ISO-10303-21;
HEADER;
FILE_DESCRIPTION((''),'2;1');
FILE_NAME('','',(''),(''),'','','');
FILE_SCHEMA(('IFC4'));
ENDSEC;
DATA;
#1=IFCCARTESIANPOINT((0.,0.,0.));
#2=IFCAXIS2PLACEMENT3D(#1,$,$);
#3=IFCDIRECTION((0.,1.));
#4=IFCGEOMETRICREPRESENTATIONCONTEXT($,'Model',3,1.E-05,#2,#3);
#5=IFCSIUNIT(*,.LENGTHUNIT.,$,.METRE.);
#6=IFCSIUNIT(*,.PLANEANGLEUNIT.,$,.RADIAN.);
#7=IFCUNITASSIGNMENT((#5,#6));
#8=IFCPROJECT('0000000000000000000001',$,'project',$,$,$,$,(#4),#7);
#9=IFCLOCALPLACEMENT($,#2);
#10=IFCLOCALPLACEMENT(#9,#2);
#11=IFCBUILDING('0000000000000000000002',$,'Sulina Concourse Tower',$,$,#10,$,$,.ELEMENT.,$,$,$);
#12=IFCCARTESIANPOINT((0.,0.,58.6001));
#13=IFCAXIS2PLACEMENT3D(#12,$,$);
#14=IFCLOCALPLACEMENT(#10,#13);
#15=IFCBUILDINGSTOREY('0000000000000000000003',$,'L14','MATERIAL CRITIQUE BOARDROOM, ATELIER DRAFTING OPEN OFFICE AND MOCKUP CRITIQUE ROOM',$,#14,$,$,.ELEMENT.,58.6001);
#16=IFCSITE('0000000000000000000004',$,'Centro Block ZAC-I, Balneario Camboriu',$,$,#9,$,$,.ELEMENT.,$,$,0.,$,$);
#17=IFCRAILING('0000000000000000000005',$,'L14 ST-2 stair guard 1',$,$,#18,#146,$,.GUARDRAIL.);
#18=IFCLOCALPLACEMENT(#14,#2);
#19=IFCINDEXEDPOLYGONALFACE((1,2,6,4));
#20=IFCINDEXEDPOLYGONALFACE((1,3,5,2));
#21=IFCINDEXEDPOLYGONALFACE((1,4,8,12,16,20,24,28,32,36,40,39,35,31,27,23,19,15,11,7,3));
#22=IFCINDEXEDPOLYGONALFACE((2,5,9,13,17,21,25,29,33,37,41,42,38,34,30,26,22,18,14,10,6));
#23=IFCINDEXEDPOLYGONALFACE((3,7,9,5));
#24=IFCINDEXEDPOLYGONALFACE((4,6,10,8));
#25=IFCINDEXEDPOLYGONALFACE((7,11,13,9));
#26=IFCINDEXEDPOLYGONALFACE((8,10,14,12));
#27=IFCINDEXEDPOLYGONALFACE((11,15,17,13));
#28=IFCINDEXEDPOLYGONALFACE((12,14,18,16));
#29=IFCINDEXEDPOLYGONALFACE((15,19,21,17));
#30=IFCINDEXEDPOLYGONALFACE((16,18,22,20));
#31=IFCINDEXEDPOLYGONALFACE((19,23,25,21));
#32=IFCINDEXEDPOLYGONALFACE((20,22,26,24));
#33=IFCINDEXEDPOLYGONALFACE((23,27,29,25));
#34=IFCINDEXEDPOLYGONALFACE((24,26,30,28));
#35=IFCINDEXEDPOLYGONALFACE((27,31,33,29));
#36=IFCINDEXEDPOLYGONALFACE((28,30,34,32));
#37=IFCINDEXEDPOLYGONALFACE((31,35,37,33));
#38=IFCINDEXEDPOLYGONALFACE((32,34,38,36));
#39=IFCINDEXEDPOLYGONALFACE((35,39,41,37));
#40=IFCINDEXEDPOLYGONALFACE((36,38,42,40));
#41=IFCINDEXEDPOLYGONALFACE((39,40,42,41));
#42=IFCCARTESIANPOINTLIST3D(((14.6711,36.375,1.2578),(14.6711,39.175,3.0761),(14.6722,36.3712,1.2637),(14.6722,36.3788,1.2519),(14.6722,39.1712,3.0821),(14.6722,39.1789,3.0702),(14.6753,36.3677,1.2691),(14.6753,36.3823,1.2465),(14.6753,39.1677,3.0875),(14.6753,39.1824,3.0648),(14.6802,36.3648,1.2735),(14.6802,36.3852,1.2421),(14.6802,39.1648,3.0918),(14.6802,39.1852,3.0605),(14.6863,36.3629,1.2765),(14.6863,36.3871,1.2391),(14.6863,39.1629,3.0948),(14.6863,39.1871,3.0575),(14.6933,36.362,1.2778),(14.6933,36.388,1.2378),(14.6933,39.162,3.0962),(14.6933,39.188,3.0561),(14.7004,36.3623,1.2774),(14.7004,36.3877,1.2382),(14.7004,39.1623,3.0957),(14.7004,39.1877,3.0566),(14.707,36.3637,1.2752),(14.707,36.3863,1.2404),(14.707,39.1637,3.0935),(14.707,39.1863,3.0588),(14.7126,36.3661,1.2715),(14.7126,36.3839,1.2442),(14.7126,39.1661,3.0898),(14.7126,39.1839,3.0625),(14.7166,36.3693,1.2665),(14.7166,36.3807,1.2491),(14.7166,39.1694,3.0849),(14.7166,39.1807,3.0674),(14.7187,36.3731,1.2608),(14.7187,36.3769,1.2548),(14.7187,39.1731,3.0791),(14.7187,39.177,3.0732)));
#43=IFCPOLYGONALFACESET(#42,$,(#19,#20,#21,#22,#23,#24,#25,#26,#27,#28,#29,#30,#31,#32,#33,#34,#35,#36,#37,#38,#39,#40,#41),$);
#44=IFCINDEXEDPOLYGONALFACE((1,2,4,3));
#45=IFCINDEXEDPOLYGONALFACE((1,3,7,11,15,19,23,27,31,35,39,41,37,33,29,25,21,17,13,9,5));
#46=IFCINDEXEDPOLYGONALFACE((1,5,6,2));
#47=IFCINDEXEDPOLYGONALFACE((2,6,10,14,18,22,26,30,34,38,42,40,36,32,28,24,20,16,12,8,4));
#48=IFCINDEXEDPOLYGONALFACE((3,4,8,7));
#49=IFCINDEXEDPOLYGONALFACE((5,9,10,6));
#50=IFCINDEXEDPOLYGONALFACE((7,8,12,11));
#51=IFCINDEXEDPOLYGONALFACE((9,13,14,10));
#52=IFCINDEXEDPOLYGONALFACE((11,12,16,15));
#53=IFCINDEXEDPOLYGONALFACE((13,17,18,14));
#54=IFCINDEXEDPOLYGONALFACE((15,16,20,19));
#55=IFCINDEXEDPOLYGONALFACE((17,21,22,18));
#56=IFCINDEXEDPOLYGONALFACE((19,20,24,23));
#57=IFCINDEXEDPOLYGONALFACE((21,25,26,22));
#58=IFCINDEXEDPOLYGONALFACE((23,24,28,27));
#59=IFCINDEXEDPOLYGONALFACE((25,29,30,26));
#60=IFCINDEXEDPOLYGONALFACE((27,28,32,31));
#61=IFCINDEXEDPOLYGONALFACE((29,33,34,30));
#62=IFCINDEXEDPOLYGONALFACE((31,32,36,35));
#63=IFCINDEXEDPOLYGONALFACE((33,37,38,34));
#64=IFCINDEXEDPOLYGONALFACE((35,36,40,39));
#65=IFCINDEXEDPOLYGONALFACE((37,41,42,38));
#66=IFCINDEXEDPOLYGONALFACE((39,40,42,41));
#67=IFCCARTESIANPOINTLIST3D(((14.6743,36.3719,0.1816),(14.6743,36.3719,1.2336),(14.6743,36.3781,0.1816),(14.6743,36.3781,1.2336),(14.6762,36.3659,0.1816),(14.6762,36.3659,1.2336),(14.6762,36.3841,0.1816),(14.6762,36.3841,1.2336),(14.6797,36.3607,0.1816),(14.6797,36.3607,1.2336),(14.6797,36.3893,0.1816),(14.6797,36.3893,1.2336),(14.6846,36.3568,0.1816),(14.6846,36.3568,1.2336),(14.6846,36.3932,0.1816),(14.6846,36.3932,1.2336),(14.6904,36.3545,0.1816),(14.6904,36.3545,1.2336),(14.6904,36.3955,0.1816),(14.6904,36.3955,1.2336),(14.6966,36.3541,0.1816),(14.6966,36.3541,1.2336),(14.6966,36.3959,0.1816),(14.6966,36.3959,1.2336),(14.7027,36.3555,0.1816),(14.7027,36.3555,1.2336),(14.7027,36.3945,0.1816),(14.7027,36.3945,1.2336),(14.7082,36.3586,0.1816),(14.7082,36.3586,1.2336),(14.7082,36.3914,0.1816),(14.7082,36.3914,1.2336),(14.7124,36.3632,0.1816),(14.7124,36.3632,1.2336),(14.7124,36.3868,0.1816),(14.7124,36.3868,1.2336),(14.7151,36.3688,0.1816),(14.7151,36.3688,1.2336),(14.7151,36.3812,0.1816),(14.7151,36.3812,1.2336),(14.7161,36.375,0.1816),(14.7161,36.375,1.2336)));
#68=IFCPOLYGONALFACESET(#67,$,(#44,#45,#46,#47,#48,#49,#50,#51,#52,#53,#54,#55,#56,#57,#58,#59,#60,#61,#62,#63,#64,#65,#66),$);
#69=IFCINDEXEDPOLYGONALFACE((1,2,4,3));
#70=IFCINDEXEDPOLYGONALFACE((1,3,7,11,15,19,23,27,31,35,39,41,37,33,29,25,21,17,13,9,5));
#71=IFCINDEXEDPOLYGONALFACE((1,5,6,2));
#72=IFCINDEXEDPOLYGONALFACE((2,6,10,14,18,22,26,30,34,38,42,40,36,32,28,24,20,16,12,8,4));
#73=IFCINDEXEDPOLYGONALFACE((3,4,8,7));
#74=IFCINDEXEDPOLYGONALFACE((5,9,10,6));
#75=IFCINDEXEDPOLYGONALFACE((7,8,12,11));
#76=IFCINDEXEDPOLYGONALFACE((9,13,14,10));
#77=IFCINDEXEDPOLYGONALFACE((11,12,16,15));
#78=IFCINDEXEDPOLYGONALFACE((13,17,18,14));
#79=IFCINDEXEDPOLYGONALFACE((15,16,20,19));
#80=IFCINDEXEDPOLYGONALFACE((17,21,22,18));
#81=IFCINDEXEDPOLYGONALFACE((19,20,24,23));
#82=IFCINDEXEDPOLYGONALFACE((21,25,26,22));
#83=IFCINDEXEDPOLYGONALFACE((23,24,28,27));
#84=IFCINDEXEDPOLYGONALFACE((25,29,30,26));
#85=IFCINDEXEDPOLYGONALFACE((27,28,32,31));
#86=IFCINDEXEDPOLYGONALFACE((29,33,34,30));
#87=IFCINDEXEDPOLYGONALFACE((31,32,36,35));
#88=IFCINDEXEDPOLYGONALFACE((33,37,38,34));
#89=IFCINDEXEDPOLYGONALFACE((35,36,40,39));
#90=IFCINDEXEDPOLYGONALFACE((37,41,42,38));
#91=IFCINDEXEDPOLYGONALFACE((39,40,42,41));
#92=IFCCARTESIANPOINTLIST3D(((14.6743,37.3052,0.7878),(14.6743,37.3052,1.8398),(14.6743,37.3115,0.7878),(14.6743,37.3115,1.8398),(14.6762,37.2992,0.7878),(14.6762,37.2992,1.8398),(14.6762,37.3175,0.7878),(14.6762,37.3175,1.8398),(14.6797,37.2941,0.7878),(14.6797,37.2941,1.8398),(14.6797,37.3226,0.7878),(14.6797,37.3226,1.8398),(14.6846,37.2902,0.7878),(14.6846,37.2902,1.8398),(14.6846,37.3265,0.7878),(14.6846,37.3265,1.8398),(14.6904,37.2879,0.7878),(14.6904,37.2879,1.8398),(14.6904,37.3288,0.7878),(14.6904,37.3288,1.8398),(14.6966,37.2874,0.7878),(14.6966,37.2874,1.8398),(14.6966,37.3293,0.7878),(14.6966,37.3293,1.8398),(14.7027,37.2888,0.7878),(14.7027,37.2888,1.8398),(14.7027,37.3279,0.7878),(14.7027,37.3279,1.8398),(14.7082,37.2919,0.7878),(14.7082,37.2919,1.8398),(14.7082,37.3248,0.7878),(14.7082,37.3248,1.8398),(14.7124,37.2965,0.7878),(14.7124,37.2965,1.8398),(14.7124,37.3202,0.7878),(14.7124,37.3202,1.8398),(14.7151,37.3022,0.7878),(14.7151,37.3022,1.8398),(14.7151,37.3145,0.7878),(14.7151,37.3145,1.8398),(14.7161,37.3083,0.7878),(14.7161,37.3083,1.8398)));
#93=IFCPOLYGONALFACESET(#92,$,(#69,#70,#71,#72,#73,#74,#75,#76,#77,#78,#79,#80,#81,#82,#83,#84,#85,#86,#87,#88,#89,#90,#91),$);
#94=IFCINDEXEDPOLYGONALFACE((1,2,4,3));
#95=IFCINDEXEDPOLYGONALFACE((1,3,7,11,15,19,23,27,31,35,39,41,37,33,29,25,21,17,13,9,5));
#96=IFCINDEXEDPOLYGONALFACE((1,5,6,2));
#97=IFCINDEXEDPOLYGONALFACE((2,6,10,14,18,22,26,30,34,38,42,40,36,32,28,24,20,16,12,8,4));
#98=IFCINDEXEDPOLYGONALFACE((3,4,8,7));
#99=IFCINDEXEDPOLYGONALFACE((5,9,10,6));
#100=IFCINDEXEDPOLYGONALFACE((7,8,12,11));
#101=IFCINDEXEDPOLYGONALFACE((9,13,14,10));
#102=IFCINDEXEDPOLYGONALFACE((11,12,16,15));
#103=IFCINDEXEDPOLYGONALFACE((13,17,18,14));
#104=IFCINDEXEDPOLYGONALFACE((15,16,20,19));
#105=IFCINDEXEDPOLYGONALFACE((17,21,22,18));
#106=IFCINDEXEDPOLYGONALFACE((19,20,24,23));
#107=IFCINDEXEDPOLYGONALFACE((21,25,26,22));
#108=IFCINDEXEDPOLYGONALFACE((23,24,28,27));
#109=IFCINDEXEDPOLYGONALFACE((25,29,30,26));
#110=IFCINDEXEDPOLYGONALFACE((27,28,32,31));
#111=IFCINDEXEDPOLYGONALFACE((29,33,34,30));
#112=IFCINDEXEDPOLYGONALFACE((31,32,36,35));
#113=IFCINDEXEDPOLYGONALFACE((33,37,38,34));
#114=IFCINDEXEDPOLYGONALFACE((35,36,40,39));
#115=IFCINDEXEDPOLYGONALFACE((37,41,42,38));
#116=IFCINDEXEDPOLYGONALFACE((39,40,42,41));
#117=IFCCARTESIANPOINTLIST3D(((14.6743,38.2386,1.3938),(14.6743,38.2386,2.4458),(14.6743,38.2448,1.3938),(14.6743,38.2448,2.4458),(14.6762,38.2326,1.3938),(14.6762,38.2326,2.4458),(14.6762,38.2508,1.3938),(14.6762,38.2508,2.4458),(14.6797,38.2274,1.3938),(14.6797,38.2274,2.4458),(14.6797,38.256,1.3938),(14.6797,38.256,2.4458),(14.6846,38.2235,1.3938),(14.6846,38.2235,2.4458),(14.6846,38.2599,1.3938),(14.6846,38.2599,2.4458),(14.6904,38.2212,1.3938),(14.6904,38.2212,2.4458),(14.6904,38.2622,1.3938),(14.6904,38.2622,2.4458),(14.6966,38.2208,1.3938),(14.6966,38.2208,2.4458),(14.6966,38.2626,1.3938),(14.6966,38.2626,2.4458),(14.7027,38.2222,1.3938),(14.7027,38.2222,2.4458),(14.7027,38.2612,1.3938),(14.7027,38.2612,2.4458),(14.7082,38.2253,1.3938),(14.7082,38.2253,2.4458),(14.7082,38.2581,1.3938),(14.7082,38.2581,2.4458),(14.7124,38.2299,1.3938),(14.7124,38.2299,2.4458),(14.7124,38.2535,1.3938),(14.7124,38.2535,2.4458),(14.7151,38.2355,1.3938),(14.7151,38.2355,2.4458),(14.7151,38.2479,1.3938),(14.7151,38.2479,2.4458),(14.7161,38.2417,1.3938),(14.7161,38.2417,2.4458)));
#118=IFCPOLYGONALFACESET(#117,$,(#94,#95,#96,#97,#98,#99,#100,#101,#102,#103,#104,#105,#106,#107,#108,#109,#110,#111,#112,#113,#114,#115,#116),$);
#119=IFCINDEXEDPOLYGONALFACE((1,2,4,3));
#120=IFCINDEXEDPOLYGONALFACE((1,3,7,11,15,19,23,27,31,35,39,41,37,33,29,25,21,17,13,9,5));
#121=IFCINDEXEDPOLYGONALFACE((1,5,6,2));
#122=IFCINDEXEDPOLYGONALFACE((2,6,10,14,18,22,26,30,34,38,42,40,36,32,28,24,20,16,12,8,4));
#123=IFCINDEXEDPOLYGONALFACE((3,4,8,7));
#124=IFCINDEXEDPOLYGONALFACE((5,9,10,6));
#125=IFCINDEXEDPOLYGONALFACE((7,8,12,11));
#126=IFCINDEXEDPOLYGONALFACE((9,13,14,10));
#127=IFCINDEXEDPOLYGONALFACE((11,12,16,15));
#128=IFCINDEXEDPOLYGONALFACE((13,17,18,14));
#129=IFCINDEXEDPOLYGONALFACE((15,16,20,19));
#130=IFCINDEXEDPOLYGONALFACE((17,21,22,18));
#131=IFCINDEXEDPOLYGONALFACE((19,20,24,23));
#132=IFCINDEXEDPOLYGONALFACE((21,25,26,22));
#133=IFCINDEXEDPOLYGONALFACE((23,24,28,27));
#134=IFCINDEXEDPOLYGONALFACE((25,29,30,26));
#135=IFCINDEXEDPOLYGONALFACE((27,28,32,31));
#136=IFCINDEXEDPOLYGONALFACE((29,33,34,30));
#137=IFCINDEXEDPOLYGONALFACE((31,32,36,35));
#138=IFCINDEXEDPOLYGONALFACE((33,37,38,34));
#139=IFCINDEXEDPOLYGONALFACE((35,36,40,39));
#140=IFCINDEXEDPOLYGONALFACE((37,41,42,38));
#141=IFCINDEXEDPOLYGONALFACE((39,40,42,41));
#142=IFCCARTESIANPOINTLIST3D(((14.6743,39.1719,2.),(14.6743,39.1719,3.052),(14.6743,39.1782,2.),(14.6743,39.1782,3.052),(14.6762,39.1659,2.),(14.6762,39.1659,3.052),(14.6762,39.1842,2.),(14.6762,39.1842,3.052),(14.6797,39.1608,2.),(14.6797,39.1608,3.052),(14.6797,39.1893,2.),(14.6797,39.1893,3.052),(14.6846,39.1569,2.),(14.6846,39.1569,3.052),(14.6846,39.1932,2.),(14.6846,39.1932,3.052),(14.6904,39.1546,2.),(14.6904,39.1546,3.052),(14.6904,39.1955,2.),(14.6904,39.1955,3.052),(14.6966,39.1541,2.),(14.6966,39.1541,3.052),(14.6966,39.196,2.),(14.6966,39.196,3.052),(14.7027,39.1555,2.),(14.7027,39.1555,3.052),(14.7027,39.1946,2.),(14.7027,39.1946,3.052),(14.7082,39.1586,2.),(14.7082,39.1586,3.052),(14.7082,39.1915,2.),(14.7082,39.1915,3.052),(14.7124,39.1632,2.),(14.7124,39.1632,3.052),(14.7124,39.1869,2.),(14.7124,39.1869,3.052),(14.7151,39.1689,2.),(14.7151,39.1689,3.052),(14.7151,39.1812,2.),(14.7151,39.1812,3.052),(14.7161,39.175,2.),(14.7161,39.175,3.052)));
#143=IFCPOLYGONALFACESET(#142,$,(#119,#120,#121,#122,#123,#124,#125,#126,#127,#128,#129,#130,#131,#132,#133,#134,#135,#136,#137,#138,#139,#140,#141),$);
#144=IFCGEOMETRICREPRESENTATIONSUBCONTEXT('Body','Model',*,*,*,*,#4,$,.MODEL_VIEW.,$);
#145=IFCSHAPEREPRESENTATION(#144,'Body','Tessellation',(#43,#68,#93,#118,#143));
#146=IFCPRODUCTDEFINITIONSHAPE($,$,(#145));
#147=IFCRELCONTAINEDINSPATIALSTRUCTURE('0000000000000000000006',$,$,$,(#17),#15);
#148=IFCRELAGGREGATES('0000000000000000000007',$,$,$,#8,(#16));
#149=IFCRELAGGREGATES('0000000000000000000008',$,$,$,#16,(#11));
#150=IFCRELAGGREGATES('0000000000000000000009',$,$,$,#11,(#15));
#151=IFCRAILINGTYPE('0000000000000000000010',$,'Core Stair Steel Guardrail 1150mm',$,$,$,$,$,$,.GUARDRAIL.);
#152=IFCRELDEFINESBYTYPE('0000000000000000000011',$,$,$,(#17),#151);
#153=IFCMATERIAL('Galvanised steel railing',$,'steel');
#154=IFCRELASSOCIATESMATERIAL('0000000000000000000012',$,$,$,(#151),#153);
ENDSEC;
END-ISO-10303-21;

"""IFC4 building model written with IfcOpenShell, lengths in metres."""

from ifc_helpers import new_model, si_unit, direction, frame, origin, origin_2d, place, context, subcontext, project, spatial, circle, extrude, material, type_object, element, save


model = new_model("IFC4")

# Units and contexts
model_context = context("Model", 3, precision=1e-05, world=origin(), true_north=direction((0.0, 1.0)))
body_context = subcontext(model_context, "Body", "Model", "MODEL_VIEW")
ifc_project = project(units=[si_unit("LENGTHUNIT", "METRE"), si_unit("PLANEANGLEUNIT", "RADIAN")], contexts=[model_context])

# Site, building, storey
site_placement = place(None, origin())
site = spatial("IfcSite", under=ifc_project, at=site_placement, Name="Centro Block ZAC-I, Balneario Camboriu", CompositionType="ELEMENT", RefElevation=0.0)
building_placement = place(site_placement, origin())
building = spatial("IfcBuilding", under=site, at=building_placement, Name="Sulina Concourse Tower", CompositionType="ELEMENT")
storey_placement = place(building_placement, frame((0.0, 0.0, 58.6001)))
storey = spatial("IfcBuildingStorey", under=building, at=storey_placement, Name="L14", Description="MATERIAL CRITIQUE BOARDROOM, ATELIER DRAFTING OPEN OFFICE AND MOCKUP CRITIQUE ROOM", CompositionType="ELEMENT", Elevation=58.6001)

# Railing
ifc_material_1 = material(Name="Galvanised steel railing", Category="steel")
railing_type_1 = type_object("IfcRailingType", Name="Core Stair Steel Guardrail 1150mm", PredefinedType="GUARDRAIL", material=ifc_material_1)
railing_1_placement = place(storey_placement, frame((14.6951, 36.375, 0.1816)))
element("IfcRailing", 1, at=railing_1_placement, inside=storey, type_object=railing_type_1, Name="L14 ST-2 stair guard 1", PredefinedType="GUARDRAIL", context=body_context, shape_type="SweptSolid", body=[
    extrude(circle(Radius=0.0239, at=origin_2d()), frame((0.0, 0.0, 1.0762), z_axis=(0.0, 0.838672, 0.544636), x_axis=(-1.0, 0.0, 0.0)), (0.0, 0.0, 1.0), 3.3386),
    extrude(circle(Radius=0.021, at=origin_2d()), origin(), (0.0, 0.0, 1.0), 1.052),
    extrude(circle(Radius=0.021, at=origin_2d()), frame((0.0, 0.9333, 0.6062)), (0.0, 0.0, 1.0), 1.052),
    extrude(circle(Radius=0.021, at=origin_2d()), frame((0.0, 1.8667, 1.2122)), (0.0, 0.0, 1.0), 1.052),
    extrude(circle(Radius=0.021, at=origin_2d()), frame((0.0, 2.8, 1.8184)), (0.0, 0.0, 1.0), 1.052),
])

save(model, "model.ifc")
